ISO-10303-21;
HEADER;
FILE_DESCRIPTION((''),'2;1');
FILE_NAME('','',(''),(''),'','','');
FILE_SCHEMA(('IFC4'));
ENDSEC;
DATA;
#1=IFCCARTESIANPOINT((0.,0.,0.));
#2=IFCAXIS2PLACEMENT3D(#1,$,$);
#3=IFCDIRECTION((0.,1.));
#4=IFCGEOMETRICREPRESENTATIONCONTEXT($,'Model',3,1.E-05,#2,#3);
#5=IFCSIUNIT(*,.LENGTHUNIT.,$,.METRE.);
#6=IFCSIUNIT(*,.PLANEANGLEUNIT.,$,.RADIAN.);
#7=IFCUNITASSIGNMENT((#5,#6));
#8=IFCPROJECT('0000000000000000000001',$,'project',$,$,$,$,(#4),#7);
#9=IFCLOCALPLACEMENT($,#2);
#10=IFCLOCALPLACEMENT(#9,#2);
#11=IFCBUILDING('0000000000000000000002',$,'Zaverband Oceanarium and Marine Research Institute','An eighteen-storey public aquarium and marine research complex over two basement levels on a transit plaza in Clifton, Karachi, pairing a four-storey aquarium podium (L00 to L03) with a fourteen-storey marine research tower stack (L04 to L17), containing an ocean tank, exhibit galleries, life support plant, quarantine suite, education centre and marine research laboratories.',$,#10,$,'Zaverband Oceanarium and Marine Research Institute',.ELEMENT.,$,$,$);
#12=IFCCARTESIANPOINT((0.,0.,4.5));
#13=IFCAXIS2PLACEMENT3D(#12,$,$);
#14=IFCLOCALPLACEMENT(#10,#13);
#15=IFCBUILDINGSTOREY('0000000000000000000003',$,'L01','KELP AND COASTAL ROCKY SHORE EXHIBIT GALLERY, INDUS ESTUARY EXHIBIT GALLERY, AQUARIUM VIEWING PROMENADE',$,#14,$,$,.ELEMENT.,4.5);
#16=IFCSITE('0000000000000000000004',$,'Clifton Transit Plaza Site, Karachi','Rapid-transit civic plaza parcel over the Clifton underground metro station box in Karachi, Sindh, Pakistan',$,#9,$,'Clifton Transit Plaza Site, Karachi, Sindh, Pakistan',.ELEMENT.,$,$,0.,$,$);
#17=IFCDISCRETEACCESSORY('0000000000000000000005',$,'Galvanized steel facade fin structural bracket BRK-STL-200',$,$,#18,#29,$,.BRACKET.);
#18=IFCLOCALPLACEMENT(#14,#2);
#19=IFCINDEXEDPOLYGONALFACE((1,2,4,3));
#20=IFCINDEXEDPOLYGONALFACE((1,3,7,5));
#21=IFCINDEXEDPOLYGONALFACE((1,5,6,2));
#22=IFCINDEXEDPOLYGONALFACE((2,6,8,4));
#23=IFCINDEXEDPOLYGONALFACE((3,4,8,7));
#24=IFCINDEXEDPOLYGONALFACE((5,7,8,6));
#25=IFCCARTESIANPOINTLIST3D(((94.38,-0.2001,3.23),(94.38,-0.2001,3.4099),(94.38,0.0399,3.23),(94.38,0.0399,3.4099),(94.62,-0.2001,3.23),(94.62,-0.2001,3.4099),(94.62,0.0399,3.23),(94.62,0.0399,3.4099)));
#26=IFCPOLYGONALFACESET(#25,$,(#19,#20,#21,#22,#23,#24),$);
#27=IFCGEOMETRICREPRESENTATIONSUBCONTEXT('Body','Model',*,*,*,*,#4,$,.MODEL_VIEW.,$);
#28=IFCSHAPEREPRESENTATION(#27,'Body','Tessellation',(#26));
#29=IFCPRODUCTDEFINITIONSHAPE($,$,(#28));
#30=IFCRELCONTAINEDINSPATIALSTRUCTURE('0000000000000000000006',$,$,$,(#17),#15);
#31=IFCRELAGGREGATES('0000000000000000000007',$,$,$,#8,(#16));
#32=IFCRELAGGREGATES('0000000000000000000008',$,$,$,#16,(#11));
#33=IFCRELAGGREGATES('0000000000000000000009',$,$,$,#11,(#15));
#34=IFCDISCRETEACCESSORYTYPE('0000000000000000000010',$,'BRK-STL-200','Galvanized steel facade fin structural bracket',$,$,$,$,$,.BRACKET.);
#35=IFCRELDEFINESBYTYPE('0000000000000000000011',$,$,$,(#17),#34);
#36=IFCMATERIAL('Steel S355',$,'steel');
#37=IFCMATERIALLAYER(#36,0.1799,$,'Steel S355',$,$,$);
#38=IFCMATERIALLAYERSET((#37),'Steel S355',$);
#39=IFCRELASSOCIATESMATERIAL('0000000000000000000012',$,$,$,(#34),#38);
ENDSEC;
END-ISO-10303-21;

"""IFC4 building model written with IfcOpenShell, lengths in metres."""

from ifc_helpers import new_model, si_unit, direction, frame, origin, origin_2d, place, context, subcontext, project, spatial, rectangle, extrude, material, layer, layer_set, type_object, element, save


model = new_model("IFC4")

# Units and contexts
model_context = context("Model", 3, precision=1e-05, world=origin(), true_north=direction((0.0, 1.0)))
body_context = subcontext(model_context, "Body", "Model", "MODEL_VIEW")
ifc_project = project(units=[si_unit("LENGTHUNIT", "METRE"), si_unit("PLANEANGLEUNIT", "RADIAN")], contexts=[model_context])

# Site, building, storey
site_placement = place(None, origin())
site = spatial("IfcSite", under=ifc_project, at=site_placement, Name="Clifton Transit Plaza Site, Karachi", Description="Rapid-transit civic plaza parcel over the Clifton underground metro station box in Karachi, Sindh, Pakistan", LongName="Clifton Transit Plaza Site, Karachi, Sindh, Pakistan", CompositionType="ELEMENT", RefElevation=0.0)
building_placement = place(site_placement, origin())
building = spatial("IfcBuilding", under=site, at=building_placement, Name="Zaverband Oceanarium and Marine Research Institute", Description="An eighteen-storey public aquarium and marine research complex over two basement levels on a transit plaza in Clifton, Karachi, pairing a four-storey aquarium podium (L00 to L03) with a fourteen-storey marine research tower stack (L04 to L17), containing an ocean tank, exhibit galleries, life support plant, quarantine suite, education centre and marine research laboratories.", LongName="Zaverband Oceanarium and Marine Research Institute", CompositionType="ELEMENT")
storey_placement = place(building_placement, frame((0.0, 0.0, 4.5)))
storey = spatial("IfcBuildingStorey", under=building, at=storey_placement, Name="L01", Description="KELP AND COASTAL ROCKY SHORE EXHIBIT GALLERY, INDUS ESTUARY EXHIBIT GALLERY, AQUARIUM VIEWING PROMENADE", CompositionType="ELEMENT", Elevation=4.5)

# Discrete accessory
ifc_material_1 = material(Name="Steel S355", Category="steel")
ifc_layer_1 = layer(ifc_material_1, 0.1799, Name="Steel S355")
ifc_layer_set_1 = layer_set([ifc_layer_1], Name="Steel S355")
discrete_accessory_type = type_object("IfcDiscreteAccessoryType", Name="BRK-STL-200", Description="Galvanized steel facade fin structural bracket", PredefinedType="BRACKET", material=ifc_layer_set_1)
discrete_accessory_placement = place(storey_placement, frame((94.5, -0.0801, 3.23), z_axis=(0.0, 0.0, 1.0), x_axis=(1.0, 0.0, 0.0)))
element("IfcDiscreteAccessory", 1, at=discrete_accessory_placement, inside=storey, type_object=discrete_accessory_type, Name="Galvanized steel facade fin structural bracket BRK-STL-200", PredefinedType="BRACKET", context=body_context, shape_type="SweptSolid", body=[
    extrude(rectangle(XDim=0.24, YDim=0.24, at=origin_2d()), origin(), (0.0, 0.0, 1.0), 0.1799),
])

save(model, "model.ifc")
